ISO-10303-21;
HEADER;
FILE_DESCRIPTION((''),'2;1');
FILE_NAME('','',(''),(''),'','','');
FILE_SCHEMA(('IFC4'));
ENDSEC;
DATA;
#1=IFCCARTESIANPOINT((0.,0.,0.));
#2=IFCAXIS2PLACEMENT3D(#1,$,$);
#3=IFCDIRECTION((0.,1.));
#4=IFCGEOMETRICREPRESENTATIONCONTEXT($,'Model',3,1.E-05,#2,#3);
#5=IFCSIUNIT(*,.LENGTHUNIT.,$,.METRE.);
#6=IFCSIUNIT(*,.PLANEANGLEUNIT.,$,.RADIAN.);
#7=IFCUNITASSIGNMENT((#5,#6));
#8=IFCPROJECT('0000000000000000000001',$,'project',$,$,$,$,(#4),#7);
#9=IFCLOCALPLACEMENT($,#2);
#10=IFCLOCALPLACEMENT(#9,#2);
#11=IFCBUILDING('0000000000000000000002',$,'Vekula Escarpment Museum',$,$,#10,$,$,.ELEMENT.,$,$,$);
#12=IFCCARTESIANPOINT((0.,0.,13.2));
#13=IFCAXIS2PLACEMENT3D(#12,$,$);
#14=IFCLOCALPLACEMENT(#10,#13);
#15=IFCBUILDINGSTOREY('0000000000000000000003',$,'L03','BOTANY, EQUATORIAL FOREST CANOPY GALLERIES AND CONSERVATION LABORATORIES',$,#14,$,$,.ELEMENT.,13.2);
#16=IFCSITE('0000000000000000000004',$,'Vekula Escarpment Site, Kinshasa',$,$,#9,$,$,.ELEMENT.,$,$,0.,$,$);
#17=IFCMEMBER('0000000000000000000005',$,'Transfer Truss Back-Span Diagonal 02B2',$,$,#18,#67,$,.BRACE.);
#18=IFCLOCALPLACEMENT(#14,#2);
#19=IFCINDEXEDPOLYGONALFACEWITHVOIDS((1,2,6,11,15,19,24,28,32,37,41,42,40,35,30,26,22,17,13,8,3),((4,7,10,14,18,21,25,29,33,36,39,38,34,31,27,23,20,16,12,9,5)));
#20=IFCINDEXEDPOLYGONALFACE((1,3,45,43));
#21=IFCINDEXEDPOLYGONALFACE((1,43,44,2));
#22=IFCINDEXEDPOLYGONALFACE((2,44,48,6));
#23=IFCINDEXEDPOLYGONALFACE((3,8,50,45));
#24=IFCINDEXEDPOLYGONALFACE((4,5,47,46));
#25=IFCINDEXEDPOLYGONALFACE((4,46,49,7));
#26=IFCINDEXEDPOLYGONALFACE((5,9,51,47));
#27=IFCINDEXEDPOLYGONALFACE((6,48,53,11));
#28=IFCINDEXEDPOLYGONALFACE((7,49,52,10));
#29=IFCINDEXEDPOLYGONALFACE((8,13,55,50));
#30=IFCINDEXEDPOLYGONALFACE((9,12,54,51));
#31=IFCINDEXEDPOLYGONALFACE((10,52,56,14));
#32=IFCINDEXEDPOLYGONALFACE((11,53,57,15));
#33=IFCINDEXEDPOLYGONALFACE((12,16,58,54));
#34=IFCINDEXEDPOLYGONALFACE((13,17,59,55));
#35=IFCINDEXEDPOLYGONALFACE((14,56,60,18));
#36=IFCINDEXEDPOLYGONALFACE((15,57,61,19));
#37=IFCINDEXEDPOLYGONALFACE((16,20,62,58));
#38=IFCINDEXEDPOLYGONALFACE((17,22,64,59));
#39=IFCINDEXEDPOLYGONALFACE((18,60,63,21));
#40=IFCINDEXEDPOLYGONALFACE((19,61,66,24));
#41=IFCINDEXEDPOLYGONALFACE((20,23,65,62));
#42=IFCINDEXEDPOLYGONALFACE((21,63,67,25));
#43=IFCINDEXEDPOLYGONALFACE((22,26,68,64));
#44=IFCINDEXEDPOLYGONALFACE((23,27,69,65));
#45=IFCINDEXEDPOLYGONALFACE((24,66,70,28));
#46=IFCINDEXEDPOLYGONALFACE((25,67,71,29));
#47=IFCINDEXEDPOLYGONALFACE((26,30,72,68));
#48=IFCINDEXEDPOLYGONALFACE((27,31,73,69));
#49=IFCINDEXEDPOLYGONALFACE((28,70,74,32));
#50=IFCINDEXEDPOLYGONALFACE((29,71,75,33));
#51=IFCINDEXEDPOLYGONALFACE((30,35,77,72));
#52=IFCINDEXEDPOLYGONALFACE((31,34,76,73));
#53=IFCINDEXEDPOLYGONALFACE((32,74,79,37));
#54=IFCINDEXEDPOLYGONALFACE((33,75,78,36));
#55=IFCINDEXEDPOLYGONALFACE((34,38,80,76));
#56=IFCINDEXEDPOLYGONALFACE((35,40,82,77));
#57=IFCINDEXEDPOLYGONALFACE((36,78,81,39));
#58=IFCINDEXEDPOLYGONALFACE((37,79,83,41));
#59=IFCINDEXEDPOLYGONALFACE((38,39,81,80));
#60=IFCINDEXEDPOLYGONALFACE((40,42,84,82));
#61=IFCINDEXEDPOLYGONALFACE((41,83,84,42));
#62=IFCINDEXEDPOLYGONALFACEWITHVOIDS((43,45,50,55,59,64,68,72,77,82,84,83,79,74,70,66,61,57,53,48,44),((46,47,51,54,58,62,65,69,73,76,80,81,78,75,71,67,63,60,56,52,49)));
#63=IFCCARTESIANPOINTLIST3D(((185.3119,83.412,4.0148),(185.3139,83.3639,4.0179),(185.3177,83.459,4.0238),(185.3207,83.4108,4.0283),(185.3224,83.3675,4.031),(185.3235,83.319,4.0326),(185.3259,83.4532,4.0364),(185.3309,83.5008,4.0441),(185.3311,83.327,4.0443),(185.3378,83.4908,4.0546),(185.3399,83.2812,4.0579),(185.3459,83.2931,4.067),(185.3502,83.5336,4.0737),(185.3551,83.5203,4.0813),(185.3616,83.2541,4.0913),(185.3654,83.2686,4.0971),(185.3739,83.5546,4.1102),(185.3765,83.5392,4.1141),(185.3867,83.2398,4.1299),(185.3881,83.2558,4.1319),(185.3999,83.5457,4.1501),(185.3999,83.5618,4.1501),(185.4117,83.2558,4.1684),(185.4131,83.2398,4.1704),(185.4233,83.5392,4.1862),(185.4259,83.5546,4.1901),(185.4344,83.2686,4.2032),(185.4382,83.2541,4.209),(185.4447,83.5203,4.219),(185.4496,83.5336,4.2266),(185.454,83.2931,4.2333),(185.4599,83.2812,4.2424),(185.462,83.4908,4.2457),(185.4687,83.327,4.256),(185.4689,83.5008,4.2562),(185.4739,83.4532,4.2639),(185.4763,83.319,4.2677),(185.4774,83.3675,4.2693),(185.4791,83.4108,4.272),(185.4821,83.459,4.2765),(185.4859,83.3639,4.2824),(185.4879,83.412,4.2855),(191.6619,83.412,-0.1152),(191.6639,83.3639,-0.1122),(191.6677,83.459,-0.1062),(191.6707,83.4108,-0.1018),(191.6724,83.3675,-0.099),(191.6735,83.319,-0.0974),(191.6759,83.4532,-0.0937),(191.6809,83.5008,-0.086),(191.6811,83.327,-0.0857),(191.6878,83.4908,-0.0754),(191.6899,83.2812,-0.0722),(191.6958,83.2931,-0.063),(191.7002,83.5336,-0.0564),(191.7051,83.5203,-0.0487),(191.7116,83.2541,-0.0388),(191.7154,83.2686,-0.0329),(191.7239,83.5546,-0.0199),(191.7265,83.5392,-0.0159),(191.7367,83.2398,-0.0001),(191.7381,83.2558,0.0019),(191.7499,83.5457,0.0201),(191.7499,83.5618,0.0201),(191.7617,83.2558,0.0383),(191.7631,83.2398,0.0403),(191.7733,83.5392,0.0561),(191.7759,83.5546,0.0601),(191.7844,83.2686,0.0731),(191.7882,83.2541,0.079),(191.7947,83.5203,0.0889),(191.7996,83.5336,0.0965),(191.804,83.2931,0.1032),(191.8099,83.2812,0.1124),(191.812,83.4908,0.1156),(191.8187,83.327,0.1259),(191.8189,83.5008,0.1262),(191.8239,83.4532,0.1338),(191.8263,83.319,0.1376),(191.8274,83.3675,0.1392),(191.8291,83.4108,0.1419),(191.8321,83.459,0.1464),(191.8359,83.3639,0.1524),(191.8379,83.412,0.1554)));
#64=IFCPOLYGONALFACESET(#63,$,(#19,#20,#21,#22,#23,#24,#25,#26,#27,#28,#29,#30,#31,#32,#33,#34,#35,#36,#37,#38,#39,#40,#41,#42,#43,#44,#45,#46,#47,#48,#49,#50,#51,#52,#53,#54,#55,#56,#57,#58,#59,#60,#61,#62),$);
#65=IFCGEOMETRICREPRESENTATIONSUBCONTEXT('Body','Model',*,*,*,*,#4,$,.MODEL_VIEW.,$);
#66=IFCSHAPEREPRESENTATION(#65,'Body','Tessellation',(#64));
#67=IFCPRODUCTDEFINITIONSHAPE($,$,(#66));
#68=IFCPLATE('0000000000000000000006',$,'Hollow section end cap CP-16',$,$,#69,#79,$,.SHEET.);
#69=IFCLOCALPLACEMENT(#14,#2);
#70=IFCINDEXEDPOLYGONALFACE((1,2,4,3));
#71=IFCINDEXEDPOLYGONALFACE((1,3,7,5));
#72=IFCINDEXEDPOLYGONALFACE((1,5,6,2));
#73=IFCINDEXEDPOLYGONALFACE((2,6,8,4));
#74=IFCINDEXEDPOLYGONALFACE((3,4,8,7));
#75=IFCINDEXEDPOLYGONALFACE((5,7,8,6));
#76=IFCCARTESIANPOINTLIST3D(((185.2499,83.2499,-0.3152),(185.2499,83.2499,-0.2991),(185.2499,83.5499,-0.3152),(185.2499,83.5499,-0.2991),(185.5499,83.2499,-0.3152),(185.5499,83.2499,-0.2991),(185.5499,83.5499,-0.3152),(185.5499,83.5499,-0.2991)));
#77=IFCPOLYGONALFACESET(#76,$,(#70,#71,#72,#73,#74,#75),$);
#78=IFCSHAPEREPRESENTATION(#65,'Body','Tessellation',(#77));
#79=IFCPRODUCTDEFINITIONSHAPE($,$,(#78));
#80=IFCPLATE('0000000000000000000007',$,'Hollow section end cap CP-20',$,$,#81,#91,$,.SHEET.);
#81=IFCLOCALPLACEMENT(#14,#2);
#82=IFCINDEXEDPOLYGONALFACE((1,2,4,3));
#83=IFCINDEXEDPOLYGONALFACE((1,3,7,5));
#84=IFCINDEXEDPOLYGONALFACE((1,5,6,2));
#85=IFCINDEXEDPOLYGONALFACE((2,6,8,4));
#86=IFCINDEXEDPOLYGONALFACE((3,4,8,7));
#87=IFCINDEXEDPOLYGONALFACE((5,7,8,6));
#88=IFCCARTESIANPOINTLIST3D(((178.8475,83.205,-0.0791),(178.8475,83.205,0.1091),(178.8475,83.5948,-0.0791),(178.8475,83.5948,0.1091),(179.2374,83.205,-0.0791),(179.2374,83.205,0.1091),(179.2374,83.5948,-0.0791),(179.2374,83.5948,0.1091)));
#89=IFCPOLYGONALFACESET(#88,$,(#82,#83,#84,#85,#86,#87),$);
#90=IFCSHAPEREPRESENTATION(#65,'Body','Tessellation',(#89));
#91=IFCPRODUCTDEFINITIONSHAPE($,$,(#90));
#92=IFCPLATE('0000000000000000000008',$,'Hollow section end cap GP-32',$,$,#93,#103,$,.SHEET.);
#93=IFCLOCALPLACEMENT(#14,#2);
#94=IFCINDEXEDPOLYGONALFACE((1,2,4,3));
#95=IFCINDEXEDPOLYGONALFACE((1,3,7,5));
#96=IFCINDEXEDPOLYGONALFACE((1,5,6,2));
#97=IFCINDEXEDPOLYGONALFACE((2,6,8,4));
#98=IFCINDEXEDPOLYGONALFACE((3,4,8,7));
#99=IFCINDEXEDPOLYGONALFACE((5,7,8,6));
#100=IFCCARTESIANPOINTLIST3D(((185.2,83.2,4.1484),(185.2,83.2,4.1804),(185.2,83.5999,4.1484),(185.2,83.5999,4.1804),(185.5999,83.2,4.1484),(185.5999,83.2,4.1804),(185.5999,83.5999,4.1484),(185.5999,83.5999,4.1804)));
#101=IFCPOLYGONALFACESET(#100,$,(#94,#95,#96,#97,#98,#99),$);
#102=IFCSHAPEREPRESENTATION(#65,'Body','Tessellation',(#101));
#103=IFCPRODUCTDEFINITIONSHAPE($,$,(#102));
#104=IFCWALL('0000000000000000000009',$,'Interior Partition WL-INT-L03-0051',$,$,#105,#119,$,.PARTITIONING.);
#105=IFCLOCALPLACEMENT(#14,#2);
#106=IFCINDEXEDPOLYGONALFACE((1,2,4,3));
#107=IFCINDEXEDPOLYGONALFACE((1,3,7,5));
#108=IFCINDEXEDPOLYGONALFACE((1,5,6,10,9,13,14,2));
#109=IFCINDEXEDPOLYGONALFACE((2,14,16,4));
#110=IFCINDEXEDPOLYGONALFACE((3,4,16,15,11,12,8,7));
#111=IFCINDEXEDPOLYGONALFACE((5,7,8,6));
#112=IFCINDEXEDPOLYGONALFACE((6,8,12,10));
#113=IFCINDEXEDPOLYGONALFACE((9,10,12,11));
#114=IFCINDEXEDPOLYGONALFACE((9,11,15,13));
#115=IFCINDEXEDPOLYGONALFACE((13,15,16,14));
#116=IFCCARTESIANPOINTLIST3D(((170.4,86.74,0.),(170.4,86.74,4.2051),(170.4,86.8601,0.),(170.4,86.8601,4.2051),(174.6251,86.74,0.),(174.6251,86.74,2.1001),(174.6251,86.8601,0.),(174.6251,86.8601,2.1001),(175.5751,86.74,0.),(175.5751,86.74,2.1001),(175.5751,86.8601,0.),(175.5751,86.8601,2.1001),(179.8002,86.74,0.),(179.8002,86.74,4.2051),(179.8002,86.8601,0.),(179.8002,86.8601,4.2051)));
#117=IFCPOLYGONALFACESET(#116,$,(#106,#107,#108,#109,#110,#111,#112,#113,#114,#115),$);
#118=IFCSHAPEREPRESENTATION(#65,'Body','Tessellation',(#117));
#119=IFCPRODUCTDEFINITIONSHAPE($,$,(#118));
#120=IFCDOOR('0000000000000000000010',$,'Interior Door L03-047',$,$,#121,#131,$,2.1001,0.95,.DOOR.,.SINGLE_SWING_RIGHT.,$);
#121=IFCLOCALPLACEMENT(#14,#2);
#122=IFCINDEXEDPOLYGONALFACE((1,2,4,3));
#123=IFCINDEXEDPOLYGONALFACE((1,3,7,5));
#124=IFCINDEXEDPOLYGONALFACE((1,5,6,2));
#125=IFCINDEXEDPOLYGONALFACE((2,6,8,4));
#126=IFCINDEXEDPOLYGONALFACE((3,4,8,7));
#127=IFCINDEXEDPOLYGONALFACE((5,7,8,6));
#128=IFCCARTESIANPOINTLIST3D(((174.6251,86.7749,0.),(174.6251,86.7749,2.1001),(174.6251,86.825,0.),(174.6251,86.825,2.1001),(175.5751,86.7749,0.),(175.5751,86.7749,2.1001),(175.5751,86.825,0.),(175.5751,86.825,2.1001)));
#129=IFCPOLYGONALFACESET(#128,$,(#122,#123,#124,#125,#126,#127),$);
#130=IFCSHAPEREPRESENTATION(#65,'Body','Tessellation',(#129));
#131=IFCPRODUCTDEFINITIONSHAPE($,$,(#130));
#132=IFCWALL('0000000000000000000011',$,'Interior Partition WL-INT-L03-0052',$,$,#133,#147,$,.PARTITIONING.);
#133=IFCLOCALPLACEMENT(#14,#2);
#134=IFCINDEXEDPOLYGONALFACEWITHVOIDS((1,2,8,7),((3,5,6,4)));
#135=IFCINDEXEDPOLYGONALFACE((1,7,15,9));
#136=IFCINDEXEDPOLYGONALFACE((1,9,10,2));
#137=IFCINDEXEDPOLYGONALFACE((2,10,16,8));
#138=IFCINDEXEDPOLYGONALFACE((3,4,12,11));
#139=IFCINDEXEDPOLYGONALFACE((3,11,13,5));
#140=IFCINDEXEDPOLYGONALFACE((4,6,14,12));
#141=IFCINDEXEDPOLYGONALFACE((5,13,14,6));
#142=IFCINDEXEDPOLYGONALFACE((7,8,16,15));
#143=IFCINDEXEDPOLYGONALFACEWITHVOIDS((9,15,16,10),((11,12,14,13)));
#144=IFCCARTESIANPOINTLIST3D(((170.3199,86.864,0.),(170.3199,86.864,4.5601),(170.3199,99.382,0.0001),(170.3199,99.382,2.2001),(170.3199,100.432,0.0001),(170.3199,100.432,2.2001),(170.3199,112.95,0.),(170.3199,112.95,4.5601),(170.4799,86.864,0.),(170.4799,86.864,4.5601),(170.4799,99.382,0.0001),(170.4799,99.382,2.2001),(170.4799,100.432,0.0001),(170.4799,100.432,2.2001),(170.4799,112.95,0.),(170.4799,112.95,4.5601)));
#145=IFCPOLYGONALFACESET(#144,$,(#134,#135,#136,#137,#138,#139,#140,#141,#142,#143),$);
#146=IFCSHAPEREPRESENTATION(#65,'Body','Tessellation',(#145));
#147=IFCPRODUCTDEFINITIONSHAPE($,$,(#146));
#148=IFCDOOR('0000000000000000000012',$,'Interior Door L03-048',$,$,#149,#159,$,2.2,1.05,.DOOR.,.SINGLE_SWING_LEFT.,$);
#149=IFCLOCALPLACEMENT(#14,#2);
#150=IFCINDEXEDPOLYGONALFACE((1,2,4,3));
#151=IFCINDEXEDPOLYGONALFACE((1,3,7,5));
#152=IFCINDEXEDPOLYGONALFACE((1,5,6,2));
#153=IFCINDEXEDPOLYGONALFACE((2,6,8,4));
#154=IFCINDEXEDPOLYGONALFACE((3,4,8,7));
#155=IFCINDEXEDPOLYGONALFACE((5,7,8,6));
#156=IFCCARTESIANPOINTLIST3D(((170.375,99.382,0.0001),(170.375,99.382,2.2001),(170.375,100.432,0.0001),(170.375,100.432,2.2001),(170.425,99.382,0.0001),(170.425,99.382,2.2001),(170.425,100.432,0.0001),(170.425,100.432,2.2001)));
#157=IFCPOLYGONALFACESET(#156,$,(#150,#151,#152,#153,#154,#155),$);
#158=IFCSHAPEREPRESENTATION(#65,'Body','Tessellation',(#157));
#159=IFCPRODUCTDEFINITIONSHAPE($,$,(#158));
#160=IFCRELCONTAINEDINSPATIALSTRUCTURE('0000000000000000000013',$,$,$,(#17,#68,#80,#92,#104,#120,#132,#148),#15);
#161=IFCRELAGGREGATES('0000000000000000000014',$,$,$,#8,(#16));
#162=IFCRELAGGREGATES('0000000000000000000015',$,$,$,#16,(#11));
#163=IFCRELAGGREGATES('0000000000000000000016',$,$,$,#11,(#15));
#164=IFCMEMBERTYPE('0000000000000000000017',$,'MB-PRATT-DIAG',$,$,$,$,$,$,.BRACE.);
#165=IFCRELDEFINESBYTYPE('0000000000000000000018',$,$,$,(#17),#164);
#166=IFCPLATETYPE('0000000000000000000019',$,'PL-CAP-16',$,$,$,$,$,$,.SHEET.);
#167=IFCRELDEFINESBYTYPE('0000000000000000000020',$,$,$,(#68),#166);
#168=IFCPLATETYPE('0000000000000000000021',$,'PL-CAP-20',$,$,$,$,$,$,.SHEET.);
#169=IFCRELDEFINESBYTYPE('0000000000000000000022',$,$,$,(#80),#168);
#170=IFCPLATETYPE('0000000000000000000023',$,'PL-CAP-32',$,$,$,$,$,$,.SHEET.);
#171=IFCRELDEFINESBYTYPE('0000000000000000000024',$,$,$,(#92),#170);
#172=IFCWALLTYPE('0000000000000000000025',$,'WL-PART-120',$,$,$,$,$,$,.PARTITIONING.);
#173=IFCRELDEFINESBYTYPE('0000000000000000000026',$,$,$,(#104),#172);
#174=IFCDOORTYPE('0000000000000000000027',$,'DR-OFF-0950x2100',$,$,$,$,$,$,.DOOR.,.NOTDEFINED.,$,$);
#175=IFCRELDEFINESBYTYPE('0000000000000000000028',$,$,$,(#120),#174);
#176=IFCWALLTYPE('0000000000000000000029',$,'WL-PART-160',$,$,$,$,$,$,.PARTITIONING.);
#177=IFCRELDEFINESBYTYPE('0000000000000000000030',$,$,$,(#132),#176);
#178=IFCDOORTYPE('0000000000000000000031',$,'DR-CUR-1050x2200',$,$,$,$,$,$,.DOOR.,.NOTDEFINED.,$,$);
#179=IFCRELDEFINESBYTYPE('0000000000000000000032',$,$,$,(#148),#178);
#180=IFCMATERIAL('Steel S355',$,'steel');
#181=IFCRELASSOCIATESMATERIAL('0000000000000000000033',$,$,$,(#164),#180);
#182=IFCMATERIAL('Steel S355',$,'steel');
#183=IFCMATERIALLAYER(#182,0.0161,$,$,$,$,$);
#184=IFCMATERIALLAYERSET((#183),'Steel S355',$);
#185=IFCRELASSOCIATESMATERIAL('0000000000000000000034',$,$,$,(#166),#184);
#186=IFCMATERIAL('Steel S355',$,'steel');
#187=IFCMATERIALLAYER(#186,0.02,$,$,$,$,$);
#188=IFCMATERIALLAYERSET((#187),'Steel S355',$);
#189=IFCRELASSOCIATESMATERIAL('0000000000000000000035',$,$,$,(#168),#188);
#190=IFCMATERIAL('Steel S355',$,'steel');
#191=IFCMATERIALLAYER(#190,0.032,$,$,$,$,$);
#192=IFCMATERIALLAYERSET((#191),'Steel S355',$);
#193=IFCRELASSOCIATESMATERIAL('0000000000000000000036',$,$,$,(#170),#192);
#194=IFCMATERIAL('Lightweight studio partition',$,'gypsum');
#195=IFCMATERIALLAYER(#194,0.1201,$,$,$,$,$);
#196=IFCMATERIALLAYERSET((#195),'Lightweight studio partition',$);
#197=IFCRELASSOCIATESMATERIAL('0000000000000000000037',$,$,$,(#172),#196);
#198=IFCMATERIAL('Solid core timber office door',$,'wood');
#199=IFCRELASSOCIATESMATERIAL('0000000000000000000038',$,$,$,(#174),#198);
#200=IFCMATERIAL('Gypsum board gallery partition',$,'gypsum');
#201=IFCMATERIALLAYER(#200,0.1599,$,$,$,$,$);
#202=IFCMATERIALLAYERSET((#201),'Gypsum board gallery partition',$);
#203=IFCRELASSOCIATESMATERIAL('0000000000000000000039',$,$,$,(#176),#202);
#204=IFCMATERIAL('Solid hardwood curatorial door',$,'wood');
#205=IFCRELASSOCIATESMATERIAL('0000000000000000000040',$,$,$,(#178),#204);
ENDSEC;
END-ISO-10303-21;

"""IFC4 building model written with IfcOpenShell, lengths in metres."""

from ifc_helpers import new_model, si_unit, direction, frame, frame_2d, origin, origin_2d, place, context, subcontext, project, spatial, rectangle, hollow_circle, extrude, material, layer, layer_set, material_profile, profile_set, type_object, element, fill, save


model = new_model("IFC4")

# Units and contexts
model_context = context("Model", 3, precision=1e-05, world=origin(), true_north=direction((0.0, 1.0)))
body_context = subcontext(model_context, "Body", "Model", "MODEL_VIEW")
ifc_project = project(units=[si_unit("LENGTHUNIT", "METRE"), si_unit("PLANEANGLEUNIT", "RADIAN")], contexts=[model_context])

# Site, building, storey
site_placement = place(None, origin())
site = spatial("IfcSite", under=ifc_project, at=site_placement, Name="Vekula Escarpment Site, Kinshasa", CompositionType="ELEMENT", RefElevation=0.0)
building_placement = place(site_placement, origin())
building = spatial("IfcBuilding", under=site, at=building_placement, Name="Vekula Escarpment Museum", CompositionType="ELEMENT")
storey_placement = place(building_placement, frame((0.0, 0.0, 13.2)))
storey = spatial("IfcBuildingStorey", under=building, at=storey_placement, Name="L03", Description="BOTANY, EQUATORIAL FOREST CANOPY GALLERIES AND CONSERVATION LABORATORIES", CompositionType="ELEMENT", Elevation=13.2)

# Member
ifc_material_1 = material(Name="Steel S355", Category="steel")
ifc_material_profile_1 = material_profile(ifc_material_1, hollow_circle(Radius=0.1619, WallThickness=0.0161, at=origin_2d()), Name="CHS 323.9x16")
ifc_profile_set_1 = profile_set([ifc_material_profile_1], Name="Steel S355")
member_type_1 = type_object("IfcMemberType", Name="MB-PRATT-DIAG", PredefinedType="BRACE", material=ifc_profile_set_1)
for number, where, z_axis, x_axis, name in (
    (1, (185.3999, 83.3999, 4.1501), (0.838289, 0.0, -0.545226), (0.0, 1.0, 0.0), "Transfer Truss Back-Span Diagonal 02B2"),
):
    element("IfcMember", number, at=place(storey_placement, frame(where, z_axis=z_axis, x_axis=x_axis)), inside=storey, type_object=member_type_1, Name=name, PredefinedType="BRACE", context=body_context, shape_type="SweptSolid", body=[
        extrude(hollow_circle(Radius=0.1619, WallThickness=0.0161, at=origin_2d()), origin(), (0.0, 0.0, 1.0), 7.575),
    ])

# Plates
ifc_material_2 = material(Name="Steel S355", Category="steel")
ifc_layer_1 = layer(ifc_material_2, 0.0161)
ifc_layer_set_1 = layer_set([ifc_layer_1], Name="Steel S355")
plate_type_1 = type_object("IfcPlateType", Name="PL-CAP-16", PredefinedType="SHEET", material=ifc_layer_set_1)
plate_1_placement = place(storey_placement, frame((185.3999, 83.3999, -0.3152), z_axis=(0.0, 0.0, 1.0), x_axis=(1.0, 0.0, 0.0)))
element("IfcPlate", 2, at=plate_1_placement, inside=storey, type_object=plate_type_1, Name="Hollow section end cap CP-16", PredefinedType="SHEET", context=body_context, shape_type="SweptSolid", body=[
    extrude(rectangle(XDim=0.3, YDim=0.3, at=origin_2d()), origin(), (0.0, 0.0, 1.0), 0.0161),
])
ifc_material_3 = material(Name="Steel S355", Category="steel")
ifc_layer_2 = layer(ifc_material_3, 0.02)
ifc_layer_set_2 = layer_set([ifc_layer_2], Name="Steel S355")
plate_type_2 = type_object("IfcPlateType", Name="PL-CAP-20", PredefinedType="SHEET", material=ifc_layer_set_2)
plate_2_placement = place(storey_placement, frame((179.0425, 83.3999, -0.0791), z_axis=(0.0, 0.0, 1.0), x_axis=(1.0, 0.0, 0.0)))
element("IfcPlate", 3, at=plate_2_placement, inside=storey, type_object=plate_type_2, Name="Hollow section end cap CP-20", PredefinedType="SHEET", context=body_context, shape_type="SweptSolid", body=[
    extrude(rectangle(XDim=0.3899, YDim=0.3899, at=origin_2d()), origin(), (0.0, 0.0, 1.0), 0.1882),
])
ifc_material_4 = material(Name="Steel S355", Category="steel")
ifc_layer_3 = layer(ifc_material_4, 0.032)
ifc_layer_set_3 = layer_set([ifc_layer_3], Name="Steel S355")
plate_type_3 = type_object("IfcPlateType", Name="PL-CAP-32", PredefinedType="SHEET", material=ifc_layer_set_3)
plate_3_placement = place(storey_placement, frame((185.3999, 83.3999, 4.1484), z_axis=(0.0, 0.0, 1.0), x_axis=(1.0, 0.0, 0.0)))
element("IfcPlate", 4, at=plate_3_placement, inside=storey, type_object=plate_type_3, Name="Hollow section end cap GP-32", PredefinedType="SHEET", context=body_context, shape_type="SweptSolid", body=[
    extrude(rectangle(XDim=0.3999, YDim=0.3999, at=origin_2d()), origin(), (0.0, 0.0, 1.0), 0.032),
])

# Walls, openings, doors
ifc_material_5 = material(Name="Lightweight studio partition", Category="gypsum")
ifc_layer_4 = layer(ifc_material_5, 0.1201)
ifc_layer_set_4 = layer_set([ifc_layer_4], Name="Lightweight studio partition")
wall_type_1 = type_object("IfcWallType", Name="WL-PART-120", PredefinedType="PARTITIONING", material=ifc_layer_set_4)
wall_1_placement = place(storey_placement, frame((170.3999, 86.8, 0.0), z_axis=(0.0, 0.0, 1.0), x_axis=(1.0, 0.0, 0.0)))
wall_1 = element("IfcWall", 5, at=wall_1_placement, inside=storey, type_object=wall_type_1, Name="Interior Partition WL-INT-L03-0051", PredefinedType="PARTITIONING", context=body_context, shape_type="SweptSolid", body=[
    extrude(rectangle(XDim=9.4001, YDim=0.1201, at=frame_2d((4.7002, 0.0))), origin(), (0.0, 0.0, 1.0), 4.2051),
])
opening_1_placement = place(wall_1_placement, frame((4.2251, 0.0, 0.0)))
opening_1 = element("IfcOpeningElement", 6, at=opening_1_placement, cuts=wall_1, PredefinedType="OPENING", context=body_context, shape_type="SweptSolid", body=[
    extrude(rectangle(XDim=0.95, YDim=2.1001, at=frame_2d((0.4751, 1.05))), frame((0.0, 0.0701, 0.0), z_axis=(0.0, -1.0, 0.0), x_axis=(1.0, 0.0, 0.0)), (0.0, 0.0, 1.0), 0.1401),
])
ifc_material_6 = material(Name="Solid core timber office door", Category="wood")
door_type_1 = type_object("IfcDoorType", Name="DR-OFF-0950x2100", OperationType="NOTDEFINED", PredefinedType="DOOR", material=ifc_material_6)
door_1_placement = place(opening_1_placement, origin())
door_1 = element("IfcDoor", 7, at=door_1_placement, inside=storey, type_object=door_type_1, Name="Interior Door L03-047", OperationType="SINGLE_SWING_RIGHT", OverallHeight=2.1001, OverallWidth=0.95, PredefinedType="DOOR", context=body_context, shape_type="SweptSolid", body=[
    extrude(rectangle(XDim=0.95, YDim=2.1001, at=frame_2d((0.4751, 1.05))), frame((0.0, 0.0249, 0.0), z_axis=(0.0, -1.0, 0.0), x_axis=(1.0, 0.0, 0.0)), (0.0, 0.0, 1.0), 0.05),
])
fill(opening_1, door_1)
ifc_material_7 = material(Name="Gypsum board gallery partition", Category="gypsum")
ifc_layer_5 = layer(ifc_material_7, 0.1599)
ifc_layer_set_5 = layer_set([ifc_layer_5], Name="Gypsum board gallery partition")
wall_type_2 = type_object("IfcWallType", Name="WL-PART-160", PredefinedType="PARTITIONING", material=ifc_layer_set_5)
wall_2_placement = place(storey_placement, frame((170.3999, 86.864, 0.0), z_axis=(0.0, 0.0, 1.0), x_axis=(0.0, 1.0, 0.0)))
wall_2 = element("IfcWall", 8, at=wall_2_placement, inside=storey, type_object=wall_type_2, Name="Interior Partition WL-INT-L03-0052", PredefinedType="PARTITIONING", context=body_context, shape_type="SweptSolid", body=[
    extrude(rectangle(XDim=26.0859, YDim=0.1599, at=frame_2d((13.043, 0.0))), origin(), (0.0, 0.0, 1.0), 4.5601),
])
opening_2_placement = place(wall_2_placement, frame((12.5181, 0.0, 0.0)))
opening_2 = element("IfcOpeningElement", 9, at=opening_2_placement, cuts=wall_2, PredefinedType="OPENING", context=body_context, shape_type="SweptSolid", body=[
    extrude(rectangle(XDim=1.05, YDim=2.2, at=frame_2d((0.5249, 1.1001))), frame((0.0, 0.0898, 0.0), z_axis=(0.0, -1.0, 0.0), x_axis=(1.0, 0.0, 0.0)), (0.0, 0.0, 1.0), 0.1799),
])
ifc_material_8 = material(Name="Solid hardwood curatorial door", Category="wood")
door_type_2 = type_object("IfcDoorType", Name="DR-CUR-1050x2200", OperationType="NOTDEFINED", PredefinedType="DOOR", material=ifc_material_8)
door_2_placement = place(opening_2_placement, origin())
door_2 = element("IfcDoor", 10, at=door_2_placement, inside=storey, type_object=door_type_2, Name="Interior Door L03-048", OperationType="SINGLE_SWING_LEFT", OverallHeight=2.2, OverallWidth=1.05, PredefinedType="DOOR", context=body_context, shape_type="SweptSolid", body=[
    extrude(rectangle(XDim=1.05, YDim=2.2, at=frame_2d((0.5249, 1.1001))), frame((0.0, 0.0249, 0.0), z_axis=(0.0, -1.0, 0.0), x_axis=(1.0, 0.0, 0.0)), (0.0, 0.0, 1.0), 0.05),
])
fill(opening_2, door_2)

save(model, "model.ifc")
